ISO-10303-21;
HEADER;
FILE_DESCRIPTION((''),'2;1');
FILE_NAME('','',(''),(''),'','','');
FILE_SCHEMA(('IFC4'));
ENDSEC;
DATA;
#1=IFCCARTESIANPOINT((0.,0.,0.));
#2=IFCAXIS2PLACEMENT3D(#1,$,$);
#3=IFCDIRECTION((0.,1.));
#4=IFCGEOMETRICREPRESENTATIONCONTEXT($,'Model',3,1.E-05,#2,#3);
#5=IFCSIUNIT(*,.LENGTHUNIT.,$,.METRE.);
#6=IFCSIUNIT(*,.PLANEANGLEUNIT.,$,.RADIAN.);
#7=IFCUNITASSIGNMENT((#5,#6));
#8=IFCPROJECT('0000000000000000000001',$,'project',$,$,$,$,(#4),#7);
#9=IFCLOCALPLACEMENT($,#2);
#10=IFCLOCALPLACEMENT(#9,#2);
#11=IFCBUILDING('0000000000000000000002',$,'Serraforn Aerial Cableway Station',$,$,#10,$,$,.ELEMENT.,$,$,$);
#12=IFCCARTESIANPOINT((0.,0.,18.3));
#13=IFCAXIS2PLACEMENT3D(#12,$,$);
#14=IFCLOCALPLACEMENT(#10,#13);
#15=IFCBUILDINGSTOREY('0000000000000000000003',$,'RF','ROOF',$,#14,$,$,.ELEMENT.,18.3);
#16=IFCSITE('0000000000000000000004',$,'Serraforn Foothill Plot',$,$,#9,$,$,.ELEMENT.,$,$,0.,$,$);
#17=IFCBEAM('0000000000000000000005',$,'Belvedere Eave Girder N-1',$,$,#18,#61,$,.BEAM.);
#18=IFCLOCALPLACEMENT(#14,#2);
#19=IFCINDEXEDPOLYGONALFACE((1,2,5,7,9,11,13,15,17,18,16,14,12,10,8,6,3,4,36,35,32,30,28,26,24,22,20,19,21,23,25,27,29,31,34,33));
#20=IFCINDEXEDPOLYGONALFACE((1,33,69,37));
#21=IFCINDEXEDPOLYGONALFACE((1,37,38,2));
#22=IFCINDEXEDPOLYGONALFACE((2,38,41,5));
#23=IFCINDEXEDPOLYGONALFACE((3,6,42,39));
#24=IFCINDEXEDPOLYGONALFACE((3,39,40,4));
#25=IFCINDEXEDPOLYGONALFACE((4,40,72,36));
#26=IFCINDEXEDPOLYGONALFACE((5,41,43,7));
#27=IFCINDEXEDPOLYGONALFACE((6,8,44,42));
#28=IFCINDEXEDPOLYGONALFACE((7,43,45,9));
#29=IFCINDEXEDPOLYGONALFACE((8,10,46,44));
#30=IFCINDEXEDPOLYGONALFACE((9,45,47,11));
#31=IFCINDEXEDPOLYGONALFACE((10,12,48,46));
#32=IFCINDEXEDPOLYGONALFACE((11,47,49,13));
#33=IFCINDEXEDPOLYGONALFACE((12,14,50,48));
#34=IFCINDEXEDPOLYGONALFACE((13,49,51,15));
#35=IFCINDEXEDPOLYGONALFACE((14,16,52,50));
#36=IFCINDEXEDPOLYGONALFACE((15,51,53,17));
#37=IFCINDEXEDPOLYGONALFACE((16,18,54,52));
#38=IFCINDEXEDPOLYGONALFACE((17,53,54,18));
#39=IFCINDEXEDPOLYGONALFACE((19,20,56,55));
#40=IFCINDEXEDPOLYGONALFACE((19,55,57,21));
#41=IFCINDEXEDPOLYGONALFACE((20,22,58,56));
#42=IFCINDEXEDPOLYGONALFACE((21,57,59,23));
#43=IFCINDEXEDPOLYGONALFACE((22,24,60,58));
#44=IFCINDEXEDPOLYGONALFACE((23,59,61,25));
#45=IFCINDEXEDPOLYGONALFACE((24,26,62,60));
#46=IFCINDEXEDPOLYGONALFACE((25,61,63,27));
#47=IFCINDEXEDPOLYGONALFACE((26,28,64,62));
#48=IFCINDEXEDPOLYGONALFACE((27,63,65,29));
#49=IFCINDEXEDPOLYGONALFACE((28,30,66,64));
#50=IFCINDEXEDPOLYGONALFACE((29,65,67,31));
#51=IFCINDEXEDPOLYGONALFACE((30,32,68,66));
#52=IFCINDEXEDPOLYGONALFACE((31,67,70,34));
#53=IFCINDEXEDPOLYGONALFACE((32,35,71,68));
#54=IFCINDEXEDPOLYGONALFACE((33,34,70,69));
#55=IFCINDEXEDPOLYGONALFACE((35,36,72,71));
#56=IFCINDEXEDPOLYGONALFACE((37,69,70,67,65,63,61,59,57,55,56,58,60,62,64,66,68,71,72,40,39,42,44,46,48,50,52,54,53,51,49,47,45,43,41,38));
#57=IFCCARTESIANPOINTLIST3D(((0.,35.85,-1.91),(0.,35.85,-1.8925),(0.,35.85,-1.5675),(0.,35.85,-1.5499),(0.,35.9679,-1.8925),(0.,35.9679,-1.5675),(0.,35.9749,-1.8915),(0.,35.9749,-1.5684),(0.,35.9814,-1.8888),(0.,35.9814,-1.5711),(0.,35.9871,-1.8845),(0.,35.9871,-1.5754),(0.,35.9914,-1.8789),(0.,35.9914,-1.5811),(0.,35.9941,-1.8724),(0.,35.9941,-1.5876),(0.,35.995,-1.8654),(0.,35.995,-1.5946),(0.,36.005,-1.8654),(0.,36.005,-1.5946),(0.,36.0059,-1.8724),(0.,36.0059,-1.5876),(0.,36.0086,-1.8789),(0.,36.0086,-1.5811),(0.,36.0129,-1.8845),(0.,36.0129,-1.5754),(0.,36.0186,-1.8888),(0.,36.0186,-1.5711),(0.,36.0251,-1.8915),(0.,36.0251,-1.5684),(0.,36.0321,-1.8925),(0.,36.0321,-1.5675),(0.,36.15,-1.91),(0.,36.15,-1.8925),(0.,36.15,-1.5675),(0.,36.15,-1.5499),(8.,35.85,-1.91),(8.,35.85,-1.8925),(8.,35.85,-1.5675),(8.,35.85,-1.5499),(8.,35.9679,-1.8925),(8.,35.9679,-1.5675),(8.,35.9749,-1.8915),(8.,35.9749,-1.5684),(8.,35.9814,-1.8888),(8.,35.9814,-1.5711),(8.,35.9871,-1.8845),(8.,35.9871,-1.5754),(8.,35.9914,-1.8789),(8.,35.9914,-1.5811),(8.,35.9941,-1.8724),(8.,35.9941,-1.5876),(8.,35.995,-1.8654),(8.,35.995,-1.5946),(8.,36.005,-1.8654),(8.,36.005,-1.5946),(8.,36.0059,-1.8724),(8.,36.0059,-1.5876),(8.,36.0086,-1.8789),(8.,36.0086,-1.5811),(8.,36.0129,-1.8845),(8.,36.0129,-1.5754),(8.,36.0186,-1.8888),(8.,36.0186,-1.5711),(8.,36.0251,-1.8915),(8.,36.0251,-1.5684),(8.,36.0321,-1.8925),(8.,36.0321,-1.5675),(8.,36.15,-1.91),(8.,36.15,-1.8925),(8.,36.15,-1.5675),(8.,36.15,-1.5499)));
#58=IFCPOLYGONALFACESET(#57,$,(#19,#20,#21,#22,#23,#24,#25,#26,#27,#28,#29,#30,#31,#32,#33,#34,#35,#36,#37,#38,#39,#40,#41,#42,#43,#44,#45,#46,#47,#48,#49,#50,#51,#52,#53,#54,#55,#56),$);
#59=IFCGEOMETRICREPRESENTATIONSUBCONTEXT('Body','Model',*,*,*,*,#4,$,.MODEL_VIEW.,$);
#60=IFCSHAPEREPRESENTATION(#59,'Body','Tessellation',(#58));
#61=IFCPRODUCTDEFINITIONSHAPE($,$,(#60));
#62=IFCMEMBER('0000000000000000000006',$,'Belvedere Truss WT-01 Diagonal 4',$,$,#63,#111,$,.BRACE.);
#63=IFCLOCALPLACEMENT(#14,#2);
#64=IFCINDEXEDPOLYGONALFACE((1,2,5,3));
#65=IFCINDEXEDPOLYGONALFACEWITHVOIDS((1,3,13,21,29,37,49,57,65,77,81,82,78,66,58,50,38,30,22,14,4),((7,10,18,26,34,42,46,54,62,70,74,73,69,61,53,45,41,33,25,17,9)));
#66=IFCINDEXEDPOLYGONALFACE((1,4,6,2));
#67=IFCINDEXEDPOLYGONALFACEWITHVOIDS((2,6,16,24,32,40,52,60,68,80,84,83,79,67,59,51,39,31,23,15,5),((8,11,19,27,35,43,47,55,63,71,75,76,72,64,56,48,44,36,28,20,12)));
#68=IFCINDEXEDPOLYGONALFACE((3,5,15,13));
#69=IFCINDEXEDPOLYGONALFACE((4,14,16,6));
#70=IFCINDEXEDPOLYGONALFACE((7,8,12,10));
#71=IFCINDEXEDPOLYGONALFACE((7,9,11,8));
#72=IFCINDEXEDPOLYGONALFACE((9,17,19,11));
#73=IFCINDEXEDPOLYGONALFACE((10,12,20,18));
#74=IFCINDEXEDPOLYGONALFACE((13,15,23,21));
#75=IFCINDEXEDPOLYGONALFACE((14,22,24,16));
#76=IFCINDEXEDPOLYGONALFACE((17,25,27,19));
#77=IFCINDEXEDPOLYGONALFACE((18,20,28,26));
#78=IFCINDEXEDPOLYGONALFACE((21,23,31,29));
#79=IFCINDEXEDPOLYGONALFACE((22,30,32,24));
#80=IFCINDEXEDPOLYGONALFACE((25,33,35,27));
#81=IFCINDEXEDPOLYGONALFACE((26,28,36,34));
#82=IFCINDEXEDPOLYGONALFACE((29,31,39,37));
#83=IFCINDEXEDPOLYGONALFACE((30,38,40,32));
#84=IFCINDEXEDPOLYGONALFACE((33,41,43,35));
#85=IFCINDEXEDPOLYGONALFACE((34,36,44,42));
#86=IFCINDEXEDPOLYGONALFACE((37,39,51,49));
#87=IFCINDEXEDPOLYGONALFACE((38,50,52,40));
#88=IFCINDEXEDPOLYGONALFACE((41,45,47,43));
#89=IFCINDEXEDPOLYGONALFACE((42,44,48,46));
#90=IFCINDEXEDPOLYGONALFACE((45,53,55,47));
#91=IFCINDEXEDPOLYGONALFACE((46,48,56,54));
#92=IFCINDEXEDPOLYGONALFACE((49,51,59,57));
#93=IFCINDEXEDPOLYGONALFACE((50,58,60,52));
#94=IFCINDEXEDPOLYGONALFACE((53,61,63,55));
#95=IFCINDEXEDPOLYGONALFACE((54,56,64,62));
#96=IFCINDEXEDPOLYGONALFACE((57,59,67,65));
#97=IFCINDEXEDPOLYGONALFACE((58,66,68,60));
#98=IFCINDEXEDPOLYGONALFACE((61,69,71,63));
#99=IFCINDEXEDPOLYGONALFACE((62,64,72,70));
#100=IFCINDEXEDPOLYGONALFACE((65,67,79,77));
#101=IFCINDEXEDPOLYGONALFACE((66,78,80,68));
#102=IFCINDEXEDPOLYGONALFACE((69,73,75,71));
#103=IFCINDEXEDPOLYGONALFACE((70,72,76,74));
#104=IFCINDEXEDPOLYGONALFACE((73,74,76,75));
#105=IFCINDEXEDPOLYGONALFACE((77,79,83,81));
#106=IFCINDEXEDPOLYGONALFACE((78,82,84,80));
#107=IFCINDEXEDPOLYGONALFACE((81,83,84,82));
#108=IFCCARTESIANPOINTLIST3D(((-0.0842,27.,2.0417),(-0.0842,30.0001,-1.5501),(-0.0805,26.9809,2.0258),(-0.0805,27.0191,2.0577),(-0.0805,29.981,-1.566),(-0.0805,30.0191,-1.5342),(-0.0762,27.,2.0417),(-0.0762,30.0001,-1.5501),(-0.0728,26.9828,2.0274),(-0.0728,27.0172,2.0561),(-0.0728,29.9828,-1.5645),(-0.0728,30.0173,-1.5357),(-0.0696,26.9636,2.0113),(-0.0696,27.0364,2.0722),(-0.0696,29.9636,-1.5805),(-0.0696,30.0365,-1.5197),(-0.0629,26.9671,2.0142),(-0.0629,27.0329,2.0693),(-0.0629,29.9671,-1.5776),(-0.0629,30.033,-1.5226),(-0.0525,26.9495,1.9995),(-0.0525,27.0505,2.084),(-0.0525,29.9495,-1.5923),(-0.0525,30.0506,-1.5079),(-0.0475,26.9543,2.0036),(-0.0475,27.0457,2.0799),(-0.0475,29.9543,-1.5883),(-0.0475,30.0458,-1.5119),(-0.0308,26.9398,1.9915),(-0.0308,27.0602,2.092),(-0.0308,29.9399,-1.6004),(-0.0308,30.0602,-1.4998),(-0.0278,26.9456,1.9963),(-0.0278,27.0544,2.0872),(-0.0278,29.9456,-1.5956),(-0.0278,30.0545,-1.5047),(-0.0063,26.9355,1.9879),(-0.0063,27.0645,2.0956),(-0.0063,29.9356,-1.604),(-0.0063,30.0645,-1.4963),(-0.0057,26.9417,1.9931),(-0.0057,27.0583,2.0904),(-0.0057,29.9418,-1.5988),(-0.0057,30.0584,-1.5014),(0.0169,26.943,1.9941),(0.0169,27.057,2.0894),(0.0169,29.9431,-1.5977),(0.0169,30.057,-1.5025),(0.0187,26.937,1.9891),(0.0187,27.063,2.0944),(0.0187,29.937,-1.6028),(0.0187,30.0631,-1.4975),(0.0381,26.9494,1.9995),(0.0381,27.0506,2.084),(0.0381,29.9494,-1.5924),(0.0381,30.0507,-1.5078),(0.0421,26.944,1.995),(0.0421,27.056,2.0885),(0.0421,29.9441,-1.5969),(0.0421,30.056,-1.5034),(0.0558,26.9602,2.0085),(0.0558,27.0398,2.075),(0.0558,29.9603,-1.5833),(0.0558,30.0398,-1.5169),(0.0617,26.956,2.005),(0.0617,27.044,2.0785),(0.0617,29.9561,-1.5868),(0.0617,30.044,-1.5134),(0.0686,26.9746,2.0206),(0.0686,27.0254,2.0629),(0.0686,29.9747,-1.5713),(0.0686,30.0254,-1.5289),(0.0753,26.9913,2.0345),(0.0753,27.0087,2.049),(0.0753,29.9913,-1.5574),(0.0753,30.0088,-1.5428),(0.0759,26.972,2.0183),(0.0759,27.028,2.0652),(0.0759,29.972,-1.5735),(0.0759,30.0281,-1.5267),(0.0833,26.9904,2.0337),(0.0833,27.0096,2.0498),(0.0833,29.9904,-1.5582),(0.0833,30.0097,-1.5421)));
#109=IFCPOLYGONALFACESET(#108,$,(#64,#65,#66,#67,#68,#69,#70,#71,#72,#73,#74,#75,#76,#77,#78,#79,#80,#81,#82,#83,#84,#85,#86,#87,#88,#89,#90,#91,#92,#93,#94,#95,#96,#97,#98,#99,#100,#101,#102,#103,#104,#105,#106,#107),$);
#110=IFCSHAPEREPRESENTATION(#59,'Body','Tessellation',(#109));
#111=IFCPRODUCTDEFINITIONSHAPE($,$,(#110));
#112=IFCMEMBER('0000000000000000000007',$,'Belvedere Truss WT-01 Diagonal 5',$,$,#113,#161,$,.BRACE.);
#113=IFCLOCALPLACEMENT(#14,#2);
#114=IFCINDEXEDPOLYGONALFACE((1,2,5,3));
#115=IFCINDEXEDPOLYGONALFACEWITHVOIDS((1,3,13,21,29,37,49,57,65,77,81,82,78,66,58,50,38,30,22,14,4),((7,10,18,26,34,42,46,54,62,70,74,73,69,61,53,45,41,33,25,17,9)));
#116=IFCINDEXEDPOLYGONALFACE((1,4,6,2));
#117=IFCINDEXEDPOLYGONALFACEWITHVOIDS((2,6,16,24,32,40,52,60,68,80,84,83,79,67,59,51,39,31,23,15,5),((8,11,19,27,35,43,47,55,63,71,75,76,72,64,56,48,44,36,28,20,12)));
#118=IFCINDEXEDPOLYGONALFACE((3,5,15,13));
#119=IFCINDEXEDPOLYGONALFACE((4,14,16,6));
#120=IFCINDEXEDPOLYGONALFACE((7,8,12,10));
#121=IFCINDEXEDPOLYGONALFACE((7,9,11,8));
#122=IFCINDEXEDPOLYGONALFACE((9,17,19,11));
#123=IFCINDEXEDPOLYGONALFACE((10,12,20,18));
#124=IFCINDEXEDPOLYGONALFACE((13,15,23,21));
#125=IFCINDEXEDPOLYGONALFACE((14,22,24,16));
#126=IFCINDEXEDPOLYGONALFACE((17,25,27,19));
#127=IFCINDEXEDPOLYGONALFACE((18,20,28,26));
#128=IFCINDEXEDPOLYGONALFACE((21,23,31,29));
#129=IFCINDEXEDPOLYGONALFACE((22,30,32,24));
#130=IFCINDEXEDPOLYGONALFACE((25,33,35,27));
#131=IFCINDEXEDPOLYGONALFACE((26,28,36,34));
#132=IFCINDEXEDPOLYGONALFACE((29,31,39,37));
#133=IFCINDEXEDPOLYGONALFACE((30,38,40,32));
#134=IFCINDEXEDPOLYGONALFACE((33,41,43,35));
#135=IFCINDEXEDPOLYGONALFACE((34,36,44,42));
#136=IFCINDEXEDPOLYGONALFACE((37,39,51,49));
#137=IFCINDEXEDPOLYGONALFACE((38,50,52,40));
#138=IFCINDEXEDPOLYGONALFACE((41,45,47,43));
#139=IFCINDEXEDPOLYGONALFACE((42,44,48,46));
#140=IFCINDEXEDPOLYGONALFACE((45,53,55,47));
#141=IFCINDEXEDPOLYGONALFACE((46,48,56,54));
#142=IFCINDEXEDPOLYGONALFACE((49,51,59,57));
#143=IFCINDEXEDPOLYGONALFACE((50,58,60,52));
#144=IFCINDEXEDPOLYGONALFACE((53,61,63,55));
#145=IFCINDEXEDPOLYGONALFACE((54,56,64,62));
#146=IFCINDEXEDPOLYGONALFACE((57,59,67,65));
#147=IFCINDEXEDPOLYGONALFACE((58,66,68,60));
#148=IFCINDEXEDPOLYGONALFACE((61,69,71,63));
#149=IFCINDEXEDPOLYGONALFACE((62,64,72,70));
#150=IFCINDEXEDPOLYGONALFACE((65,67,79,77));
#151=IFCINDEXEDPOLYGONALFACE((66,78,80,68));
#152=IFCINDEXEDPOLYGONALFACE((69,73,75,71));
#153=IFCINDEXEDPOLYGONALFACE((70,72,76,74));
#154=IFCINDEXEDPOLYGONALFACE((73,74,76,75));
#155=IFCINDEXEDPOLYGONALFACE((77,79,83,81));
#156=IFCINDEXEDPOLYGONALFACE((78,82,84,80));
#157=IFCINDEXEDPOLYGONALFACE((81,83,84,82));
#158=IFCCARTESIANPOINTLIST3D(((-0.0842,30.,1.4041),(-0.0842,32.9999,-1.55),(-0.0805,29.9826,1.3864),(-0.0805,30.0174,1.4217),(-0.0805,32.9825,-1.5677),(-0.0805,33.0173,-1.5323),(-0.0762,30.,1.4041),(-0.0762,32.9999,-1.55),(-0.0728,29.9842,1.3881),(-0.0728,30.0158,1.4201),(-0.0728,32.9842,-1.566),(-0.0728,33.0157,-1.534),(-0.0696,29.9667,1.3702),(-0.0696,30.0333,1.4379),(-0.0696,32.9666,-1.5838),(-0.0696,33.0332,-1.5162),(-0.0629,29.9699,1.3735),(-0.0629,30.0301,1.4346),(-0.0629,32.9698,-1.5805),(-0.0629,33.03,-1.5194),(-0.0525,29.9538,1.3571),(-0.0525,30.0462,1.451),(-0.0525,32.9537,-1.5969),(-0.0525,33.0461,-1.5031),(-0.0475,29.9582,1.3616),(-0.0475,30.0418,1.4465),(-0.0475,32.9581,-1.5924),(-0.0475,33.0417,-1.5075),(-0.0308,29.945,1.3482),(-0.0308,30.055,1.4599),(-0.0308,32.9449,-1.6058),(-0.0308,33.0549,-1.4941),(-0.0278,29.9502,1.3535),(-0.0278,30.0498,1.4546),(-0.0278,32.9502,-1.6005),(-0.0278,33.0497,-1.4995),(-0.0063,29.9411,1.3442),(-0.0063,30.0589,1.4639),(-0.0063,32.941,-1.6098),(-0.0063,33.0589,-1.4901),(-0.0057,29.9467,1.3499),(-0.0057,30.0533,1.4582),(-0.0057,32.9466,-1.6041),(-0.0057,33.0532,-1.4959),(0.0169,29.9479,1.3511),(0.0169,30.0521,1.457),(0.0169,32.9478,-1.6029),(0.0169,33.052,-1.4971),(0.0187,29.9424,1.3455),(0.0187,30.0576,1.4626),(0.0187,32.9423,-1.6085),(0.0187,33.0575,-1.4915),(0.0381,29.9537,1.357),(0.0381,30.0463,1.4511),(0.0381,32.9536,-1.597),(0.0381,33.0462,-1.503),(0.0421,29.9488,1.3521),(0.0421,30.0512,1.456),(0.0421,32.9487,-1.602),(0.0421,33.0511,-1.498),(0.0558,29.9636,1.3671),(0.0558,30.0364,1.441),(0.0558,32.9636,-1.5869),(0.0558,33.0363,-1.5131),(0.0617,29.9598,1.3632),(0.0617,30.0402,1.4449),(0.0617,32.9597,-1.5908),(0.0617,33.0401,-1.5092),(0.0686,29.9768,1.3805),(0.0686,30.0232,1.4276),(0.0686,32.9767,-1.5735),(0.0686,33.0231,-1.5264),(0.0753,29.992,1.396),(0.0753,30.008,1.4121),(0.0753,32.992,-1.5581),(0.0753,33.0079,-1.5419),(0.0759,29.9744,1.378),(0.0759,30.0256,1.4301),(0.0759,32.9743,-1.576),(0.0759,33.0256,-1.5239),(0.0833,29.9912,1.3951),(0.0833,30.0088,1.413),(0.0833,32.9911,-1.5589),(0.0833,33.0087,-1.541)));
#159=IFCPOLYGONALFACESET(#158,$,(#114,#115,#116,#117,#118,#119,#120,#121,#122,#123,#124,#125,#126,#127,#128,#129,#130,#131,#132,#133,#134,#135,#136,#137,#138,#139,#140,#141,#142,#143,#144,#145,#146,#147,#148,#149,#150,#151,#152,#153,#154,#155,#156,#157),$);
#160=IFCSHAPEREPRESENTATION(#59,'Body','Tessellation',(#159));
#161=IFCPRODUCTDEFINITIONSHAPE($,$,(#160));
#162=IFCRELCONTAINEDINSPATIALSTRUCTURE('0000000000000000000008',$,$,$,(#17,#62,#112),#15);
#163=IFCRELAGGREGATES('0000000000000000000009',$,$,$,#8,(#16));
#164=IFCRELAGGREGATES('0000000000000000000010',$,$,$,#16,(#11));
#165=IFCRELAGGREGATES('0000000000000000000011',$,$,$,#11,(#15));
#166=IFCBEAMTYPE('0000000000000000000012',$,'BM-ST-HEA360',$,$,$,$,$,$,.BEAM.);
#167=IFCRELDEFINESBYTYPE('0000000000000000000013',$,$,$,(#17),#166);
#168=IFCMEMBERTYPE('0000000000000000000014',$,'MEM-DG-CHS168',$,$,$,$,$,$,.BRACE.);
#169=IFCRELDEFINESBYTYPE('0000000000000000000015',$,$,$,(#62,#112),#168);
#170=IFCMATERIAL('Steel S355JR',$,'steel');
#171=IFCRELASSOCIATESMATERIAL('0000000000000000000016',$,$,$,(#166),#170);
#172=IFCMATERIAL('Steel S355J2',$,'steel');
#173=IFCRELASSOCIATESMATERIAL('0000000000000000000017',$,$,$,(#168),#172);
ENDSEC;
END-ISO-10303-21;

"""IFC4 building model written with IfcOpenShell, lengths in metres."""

from ifc_helpers import new_model, si_unit, direction, frame, origin, origin_2d, place, context, subcontext, project, spatial, hollow_circle, i_section, extrude, material, material_profile, profile_set, type_object, element, save


model = new_model("IFC4")

# Units and contexts
model_context = context("Model", 3, precision=1e-05, world=origin(), true_north=direction((0.0, 1.0)))
body_context = subcontext(model_context, "Body", "Model", "MODEL_VIEW")
ifc_project = project(units=[si_unit("LENGTHUNIT", "METRE"), si_unit("PLANEANGLEUNIT", "RADIAN")], contexts=[model_context])

# Site, building, storey
site_placement = place(None, origin())
site = spatial("IfcSite", under=ifc_project, at=site_placement, Name="Serraforn Foothill Plot", CompositionType="ELEMENT", RefElevation=0.0)
building_placement = place(site_placement, origin())
building = spatial("IfcBuilding", under=site, at=building_placement, Name="Serraforn Aerial Cableway Station", CompositionType="ELEMENT")
storey_placement = place(building_placement, frame((0.0, 0.0, 18.3)))
storey = spatial("IfcBuildingStorey", under=building, at=storey_placement, Name="RF", Description="ROOF", CompositionType="ELEMENT", Elevation=18.3)

# Beam
ifc_material_1 = material(Name="Steel S355JR", Category="steel")
ifc_material_profile_1 = material_profile(ifc_material_1, i_section(OverallWidth=0.3, OverallDepth=0.3601, WebThickness=0.01, FlangeThickness=0.0176, FilletRadius=0.0271, at=origin_2d()), Name="HEA 360")
ifc_profile_set_1 = profile_set([ifc_material_profile_1], Name="Steel S355JR")
beam_type = type_object("IfcBeamType", Name="BM-ST-HEA360", PredefinedType="BEAM", material=ifc_profile_set_1)
beam_placement = place(storey_placement, frame((0.0, 36.0, -1.73), z_axis=(1.0, 0.0, 0.0), x_axis=(0.0, 1.0, 0.0)))
element("IfcBeam", 1, at=beam_placement, inside=storey, type_object=beam_type, Name="Belvedere Eave Girder N-1", PredefinedType="BEAM", context=body_context, shape_type="SweptSolid", body=[
    extrude(i_section(OverallWidth=0.3, OverallDepth=0.3601, WebThickness=0.01, FlangeThickness=0.0176, FilletRadius=0.0271, at=origin_2d()), origin(), (0.0, 0.0, 1.0), 8.0),
])

# Members
ifc_material_2 = material(Name="Steel S355J2", Category="steel")
ifc_material_profile_2 = material_profile(ifc_material_2, hollow_circle(Radius=0.0842, WallThickness=0.0081, at=origin_2d()), Name="CHS 168.3x8.0")
ifc_profile_set_2 = profile_set([ifc_material_profile_2], Name="Steel S355J2")
member_type_1 = type_object("IfcMemberType", Name="MEM-DG-CHS168", PredefinedType="BRACE", material=ifc_profile_set_2)
member_1_placement = place(storey_placement, frame((0.0, 27.0, 2.0417), z_axis=(0.0, 0.641046, -0.767502), x_axis=(-1.0, 0.0, 0.0)))
element("IfcMember", 2, at=member_1_placement, inside=storey, type_object=member_type_1, Name="Belvedere Truss WT-01 Diagonal 4", PredefinedType="BRACE", context=body_context, shape_type="SweptSolid", body=[
    extrude(hollow_circle(Radius=0.0842, WallThickness=0.0081, at=origin_2d()), origin(), (0.0, 0.0, 1.0), 4.6799),
])
member_2_placement = place(storey_placement, frame((0.0, 30.0, 1.4041), z_axis=(0.0, 0.712536, -0.701635), x_axis=(-1.0, 0.0, 0.0)))
element("IfcMember", 3, at=member_2_placement, inside=storey, type_object=member_type_1, Name="Belvedere Truss WT-01 Diagonal 5", PredefinedType="BRACE", context=body_context, shape_type="SweptSolid", body=[
    extrude(hollow_circle(Radius=0.0842, WallThickness=0.0081, at=origin_2d()), origin(), (0.0, 0.0, 1.0), 4.2102),
])

save(model, "model.ifc")
